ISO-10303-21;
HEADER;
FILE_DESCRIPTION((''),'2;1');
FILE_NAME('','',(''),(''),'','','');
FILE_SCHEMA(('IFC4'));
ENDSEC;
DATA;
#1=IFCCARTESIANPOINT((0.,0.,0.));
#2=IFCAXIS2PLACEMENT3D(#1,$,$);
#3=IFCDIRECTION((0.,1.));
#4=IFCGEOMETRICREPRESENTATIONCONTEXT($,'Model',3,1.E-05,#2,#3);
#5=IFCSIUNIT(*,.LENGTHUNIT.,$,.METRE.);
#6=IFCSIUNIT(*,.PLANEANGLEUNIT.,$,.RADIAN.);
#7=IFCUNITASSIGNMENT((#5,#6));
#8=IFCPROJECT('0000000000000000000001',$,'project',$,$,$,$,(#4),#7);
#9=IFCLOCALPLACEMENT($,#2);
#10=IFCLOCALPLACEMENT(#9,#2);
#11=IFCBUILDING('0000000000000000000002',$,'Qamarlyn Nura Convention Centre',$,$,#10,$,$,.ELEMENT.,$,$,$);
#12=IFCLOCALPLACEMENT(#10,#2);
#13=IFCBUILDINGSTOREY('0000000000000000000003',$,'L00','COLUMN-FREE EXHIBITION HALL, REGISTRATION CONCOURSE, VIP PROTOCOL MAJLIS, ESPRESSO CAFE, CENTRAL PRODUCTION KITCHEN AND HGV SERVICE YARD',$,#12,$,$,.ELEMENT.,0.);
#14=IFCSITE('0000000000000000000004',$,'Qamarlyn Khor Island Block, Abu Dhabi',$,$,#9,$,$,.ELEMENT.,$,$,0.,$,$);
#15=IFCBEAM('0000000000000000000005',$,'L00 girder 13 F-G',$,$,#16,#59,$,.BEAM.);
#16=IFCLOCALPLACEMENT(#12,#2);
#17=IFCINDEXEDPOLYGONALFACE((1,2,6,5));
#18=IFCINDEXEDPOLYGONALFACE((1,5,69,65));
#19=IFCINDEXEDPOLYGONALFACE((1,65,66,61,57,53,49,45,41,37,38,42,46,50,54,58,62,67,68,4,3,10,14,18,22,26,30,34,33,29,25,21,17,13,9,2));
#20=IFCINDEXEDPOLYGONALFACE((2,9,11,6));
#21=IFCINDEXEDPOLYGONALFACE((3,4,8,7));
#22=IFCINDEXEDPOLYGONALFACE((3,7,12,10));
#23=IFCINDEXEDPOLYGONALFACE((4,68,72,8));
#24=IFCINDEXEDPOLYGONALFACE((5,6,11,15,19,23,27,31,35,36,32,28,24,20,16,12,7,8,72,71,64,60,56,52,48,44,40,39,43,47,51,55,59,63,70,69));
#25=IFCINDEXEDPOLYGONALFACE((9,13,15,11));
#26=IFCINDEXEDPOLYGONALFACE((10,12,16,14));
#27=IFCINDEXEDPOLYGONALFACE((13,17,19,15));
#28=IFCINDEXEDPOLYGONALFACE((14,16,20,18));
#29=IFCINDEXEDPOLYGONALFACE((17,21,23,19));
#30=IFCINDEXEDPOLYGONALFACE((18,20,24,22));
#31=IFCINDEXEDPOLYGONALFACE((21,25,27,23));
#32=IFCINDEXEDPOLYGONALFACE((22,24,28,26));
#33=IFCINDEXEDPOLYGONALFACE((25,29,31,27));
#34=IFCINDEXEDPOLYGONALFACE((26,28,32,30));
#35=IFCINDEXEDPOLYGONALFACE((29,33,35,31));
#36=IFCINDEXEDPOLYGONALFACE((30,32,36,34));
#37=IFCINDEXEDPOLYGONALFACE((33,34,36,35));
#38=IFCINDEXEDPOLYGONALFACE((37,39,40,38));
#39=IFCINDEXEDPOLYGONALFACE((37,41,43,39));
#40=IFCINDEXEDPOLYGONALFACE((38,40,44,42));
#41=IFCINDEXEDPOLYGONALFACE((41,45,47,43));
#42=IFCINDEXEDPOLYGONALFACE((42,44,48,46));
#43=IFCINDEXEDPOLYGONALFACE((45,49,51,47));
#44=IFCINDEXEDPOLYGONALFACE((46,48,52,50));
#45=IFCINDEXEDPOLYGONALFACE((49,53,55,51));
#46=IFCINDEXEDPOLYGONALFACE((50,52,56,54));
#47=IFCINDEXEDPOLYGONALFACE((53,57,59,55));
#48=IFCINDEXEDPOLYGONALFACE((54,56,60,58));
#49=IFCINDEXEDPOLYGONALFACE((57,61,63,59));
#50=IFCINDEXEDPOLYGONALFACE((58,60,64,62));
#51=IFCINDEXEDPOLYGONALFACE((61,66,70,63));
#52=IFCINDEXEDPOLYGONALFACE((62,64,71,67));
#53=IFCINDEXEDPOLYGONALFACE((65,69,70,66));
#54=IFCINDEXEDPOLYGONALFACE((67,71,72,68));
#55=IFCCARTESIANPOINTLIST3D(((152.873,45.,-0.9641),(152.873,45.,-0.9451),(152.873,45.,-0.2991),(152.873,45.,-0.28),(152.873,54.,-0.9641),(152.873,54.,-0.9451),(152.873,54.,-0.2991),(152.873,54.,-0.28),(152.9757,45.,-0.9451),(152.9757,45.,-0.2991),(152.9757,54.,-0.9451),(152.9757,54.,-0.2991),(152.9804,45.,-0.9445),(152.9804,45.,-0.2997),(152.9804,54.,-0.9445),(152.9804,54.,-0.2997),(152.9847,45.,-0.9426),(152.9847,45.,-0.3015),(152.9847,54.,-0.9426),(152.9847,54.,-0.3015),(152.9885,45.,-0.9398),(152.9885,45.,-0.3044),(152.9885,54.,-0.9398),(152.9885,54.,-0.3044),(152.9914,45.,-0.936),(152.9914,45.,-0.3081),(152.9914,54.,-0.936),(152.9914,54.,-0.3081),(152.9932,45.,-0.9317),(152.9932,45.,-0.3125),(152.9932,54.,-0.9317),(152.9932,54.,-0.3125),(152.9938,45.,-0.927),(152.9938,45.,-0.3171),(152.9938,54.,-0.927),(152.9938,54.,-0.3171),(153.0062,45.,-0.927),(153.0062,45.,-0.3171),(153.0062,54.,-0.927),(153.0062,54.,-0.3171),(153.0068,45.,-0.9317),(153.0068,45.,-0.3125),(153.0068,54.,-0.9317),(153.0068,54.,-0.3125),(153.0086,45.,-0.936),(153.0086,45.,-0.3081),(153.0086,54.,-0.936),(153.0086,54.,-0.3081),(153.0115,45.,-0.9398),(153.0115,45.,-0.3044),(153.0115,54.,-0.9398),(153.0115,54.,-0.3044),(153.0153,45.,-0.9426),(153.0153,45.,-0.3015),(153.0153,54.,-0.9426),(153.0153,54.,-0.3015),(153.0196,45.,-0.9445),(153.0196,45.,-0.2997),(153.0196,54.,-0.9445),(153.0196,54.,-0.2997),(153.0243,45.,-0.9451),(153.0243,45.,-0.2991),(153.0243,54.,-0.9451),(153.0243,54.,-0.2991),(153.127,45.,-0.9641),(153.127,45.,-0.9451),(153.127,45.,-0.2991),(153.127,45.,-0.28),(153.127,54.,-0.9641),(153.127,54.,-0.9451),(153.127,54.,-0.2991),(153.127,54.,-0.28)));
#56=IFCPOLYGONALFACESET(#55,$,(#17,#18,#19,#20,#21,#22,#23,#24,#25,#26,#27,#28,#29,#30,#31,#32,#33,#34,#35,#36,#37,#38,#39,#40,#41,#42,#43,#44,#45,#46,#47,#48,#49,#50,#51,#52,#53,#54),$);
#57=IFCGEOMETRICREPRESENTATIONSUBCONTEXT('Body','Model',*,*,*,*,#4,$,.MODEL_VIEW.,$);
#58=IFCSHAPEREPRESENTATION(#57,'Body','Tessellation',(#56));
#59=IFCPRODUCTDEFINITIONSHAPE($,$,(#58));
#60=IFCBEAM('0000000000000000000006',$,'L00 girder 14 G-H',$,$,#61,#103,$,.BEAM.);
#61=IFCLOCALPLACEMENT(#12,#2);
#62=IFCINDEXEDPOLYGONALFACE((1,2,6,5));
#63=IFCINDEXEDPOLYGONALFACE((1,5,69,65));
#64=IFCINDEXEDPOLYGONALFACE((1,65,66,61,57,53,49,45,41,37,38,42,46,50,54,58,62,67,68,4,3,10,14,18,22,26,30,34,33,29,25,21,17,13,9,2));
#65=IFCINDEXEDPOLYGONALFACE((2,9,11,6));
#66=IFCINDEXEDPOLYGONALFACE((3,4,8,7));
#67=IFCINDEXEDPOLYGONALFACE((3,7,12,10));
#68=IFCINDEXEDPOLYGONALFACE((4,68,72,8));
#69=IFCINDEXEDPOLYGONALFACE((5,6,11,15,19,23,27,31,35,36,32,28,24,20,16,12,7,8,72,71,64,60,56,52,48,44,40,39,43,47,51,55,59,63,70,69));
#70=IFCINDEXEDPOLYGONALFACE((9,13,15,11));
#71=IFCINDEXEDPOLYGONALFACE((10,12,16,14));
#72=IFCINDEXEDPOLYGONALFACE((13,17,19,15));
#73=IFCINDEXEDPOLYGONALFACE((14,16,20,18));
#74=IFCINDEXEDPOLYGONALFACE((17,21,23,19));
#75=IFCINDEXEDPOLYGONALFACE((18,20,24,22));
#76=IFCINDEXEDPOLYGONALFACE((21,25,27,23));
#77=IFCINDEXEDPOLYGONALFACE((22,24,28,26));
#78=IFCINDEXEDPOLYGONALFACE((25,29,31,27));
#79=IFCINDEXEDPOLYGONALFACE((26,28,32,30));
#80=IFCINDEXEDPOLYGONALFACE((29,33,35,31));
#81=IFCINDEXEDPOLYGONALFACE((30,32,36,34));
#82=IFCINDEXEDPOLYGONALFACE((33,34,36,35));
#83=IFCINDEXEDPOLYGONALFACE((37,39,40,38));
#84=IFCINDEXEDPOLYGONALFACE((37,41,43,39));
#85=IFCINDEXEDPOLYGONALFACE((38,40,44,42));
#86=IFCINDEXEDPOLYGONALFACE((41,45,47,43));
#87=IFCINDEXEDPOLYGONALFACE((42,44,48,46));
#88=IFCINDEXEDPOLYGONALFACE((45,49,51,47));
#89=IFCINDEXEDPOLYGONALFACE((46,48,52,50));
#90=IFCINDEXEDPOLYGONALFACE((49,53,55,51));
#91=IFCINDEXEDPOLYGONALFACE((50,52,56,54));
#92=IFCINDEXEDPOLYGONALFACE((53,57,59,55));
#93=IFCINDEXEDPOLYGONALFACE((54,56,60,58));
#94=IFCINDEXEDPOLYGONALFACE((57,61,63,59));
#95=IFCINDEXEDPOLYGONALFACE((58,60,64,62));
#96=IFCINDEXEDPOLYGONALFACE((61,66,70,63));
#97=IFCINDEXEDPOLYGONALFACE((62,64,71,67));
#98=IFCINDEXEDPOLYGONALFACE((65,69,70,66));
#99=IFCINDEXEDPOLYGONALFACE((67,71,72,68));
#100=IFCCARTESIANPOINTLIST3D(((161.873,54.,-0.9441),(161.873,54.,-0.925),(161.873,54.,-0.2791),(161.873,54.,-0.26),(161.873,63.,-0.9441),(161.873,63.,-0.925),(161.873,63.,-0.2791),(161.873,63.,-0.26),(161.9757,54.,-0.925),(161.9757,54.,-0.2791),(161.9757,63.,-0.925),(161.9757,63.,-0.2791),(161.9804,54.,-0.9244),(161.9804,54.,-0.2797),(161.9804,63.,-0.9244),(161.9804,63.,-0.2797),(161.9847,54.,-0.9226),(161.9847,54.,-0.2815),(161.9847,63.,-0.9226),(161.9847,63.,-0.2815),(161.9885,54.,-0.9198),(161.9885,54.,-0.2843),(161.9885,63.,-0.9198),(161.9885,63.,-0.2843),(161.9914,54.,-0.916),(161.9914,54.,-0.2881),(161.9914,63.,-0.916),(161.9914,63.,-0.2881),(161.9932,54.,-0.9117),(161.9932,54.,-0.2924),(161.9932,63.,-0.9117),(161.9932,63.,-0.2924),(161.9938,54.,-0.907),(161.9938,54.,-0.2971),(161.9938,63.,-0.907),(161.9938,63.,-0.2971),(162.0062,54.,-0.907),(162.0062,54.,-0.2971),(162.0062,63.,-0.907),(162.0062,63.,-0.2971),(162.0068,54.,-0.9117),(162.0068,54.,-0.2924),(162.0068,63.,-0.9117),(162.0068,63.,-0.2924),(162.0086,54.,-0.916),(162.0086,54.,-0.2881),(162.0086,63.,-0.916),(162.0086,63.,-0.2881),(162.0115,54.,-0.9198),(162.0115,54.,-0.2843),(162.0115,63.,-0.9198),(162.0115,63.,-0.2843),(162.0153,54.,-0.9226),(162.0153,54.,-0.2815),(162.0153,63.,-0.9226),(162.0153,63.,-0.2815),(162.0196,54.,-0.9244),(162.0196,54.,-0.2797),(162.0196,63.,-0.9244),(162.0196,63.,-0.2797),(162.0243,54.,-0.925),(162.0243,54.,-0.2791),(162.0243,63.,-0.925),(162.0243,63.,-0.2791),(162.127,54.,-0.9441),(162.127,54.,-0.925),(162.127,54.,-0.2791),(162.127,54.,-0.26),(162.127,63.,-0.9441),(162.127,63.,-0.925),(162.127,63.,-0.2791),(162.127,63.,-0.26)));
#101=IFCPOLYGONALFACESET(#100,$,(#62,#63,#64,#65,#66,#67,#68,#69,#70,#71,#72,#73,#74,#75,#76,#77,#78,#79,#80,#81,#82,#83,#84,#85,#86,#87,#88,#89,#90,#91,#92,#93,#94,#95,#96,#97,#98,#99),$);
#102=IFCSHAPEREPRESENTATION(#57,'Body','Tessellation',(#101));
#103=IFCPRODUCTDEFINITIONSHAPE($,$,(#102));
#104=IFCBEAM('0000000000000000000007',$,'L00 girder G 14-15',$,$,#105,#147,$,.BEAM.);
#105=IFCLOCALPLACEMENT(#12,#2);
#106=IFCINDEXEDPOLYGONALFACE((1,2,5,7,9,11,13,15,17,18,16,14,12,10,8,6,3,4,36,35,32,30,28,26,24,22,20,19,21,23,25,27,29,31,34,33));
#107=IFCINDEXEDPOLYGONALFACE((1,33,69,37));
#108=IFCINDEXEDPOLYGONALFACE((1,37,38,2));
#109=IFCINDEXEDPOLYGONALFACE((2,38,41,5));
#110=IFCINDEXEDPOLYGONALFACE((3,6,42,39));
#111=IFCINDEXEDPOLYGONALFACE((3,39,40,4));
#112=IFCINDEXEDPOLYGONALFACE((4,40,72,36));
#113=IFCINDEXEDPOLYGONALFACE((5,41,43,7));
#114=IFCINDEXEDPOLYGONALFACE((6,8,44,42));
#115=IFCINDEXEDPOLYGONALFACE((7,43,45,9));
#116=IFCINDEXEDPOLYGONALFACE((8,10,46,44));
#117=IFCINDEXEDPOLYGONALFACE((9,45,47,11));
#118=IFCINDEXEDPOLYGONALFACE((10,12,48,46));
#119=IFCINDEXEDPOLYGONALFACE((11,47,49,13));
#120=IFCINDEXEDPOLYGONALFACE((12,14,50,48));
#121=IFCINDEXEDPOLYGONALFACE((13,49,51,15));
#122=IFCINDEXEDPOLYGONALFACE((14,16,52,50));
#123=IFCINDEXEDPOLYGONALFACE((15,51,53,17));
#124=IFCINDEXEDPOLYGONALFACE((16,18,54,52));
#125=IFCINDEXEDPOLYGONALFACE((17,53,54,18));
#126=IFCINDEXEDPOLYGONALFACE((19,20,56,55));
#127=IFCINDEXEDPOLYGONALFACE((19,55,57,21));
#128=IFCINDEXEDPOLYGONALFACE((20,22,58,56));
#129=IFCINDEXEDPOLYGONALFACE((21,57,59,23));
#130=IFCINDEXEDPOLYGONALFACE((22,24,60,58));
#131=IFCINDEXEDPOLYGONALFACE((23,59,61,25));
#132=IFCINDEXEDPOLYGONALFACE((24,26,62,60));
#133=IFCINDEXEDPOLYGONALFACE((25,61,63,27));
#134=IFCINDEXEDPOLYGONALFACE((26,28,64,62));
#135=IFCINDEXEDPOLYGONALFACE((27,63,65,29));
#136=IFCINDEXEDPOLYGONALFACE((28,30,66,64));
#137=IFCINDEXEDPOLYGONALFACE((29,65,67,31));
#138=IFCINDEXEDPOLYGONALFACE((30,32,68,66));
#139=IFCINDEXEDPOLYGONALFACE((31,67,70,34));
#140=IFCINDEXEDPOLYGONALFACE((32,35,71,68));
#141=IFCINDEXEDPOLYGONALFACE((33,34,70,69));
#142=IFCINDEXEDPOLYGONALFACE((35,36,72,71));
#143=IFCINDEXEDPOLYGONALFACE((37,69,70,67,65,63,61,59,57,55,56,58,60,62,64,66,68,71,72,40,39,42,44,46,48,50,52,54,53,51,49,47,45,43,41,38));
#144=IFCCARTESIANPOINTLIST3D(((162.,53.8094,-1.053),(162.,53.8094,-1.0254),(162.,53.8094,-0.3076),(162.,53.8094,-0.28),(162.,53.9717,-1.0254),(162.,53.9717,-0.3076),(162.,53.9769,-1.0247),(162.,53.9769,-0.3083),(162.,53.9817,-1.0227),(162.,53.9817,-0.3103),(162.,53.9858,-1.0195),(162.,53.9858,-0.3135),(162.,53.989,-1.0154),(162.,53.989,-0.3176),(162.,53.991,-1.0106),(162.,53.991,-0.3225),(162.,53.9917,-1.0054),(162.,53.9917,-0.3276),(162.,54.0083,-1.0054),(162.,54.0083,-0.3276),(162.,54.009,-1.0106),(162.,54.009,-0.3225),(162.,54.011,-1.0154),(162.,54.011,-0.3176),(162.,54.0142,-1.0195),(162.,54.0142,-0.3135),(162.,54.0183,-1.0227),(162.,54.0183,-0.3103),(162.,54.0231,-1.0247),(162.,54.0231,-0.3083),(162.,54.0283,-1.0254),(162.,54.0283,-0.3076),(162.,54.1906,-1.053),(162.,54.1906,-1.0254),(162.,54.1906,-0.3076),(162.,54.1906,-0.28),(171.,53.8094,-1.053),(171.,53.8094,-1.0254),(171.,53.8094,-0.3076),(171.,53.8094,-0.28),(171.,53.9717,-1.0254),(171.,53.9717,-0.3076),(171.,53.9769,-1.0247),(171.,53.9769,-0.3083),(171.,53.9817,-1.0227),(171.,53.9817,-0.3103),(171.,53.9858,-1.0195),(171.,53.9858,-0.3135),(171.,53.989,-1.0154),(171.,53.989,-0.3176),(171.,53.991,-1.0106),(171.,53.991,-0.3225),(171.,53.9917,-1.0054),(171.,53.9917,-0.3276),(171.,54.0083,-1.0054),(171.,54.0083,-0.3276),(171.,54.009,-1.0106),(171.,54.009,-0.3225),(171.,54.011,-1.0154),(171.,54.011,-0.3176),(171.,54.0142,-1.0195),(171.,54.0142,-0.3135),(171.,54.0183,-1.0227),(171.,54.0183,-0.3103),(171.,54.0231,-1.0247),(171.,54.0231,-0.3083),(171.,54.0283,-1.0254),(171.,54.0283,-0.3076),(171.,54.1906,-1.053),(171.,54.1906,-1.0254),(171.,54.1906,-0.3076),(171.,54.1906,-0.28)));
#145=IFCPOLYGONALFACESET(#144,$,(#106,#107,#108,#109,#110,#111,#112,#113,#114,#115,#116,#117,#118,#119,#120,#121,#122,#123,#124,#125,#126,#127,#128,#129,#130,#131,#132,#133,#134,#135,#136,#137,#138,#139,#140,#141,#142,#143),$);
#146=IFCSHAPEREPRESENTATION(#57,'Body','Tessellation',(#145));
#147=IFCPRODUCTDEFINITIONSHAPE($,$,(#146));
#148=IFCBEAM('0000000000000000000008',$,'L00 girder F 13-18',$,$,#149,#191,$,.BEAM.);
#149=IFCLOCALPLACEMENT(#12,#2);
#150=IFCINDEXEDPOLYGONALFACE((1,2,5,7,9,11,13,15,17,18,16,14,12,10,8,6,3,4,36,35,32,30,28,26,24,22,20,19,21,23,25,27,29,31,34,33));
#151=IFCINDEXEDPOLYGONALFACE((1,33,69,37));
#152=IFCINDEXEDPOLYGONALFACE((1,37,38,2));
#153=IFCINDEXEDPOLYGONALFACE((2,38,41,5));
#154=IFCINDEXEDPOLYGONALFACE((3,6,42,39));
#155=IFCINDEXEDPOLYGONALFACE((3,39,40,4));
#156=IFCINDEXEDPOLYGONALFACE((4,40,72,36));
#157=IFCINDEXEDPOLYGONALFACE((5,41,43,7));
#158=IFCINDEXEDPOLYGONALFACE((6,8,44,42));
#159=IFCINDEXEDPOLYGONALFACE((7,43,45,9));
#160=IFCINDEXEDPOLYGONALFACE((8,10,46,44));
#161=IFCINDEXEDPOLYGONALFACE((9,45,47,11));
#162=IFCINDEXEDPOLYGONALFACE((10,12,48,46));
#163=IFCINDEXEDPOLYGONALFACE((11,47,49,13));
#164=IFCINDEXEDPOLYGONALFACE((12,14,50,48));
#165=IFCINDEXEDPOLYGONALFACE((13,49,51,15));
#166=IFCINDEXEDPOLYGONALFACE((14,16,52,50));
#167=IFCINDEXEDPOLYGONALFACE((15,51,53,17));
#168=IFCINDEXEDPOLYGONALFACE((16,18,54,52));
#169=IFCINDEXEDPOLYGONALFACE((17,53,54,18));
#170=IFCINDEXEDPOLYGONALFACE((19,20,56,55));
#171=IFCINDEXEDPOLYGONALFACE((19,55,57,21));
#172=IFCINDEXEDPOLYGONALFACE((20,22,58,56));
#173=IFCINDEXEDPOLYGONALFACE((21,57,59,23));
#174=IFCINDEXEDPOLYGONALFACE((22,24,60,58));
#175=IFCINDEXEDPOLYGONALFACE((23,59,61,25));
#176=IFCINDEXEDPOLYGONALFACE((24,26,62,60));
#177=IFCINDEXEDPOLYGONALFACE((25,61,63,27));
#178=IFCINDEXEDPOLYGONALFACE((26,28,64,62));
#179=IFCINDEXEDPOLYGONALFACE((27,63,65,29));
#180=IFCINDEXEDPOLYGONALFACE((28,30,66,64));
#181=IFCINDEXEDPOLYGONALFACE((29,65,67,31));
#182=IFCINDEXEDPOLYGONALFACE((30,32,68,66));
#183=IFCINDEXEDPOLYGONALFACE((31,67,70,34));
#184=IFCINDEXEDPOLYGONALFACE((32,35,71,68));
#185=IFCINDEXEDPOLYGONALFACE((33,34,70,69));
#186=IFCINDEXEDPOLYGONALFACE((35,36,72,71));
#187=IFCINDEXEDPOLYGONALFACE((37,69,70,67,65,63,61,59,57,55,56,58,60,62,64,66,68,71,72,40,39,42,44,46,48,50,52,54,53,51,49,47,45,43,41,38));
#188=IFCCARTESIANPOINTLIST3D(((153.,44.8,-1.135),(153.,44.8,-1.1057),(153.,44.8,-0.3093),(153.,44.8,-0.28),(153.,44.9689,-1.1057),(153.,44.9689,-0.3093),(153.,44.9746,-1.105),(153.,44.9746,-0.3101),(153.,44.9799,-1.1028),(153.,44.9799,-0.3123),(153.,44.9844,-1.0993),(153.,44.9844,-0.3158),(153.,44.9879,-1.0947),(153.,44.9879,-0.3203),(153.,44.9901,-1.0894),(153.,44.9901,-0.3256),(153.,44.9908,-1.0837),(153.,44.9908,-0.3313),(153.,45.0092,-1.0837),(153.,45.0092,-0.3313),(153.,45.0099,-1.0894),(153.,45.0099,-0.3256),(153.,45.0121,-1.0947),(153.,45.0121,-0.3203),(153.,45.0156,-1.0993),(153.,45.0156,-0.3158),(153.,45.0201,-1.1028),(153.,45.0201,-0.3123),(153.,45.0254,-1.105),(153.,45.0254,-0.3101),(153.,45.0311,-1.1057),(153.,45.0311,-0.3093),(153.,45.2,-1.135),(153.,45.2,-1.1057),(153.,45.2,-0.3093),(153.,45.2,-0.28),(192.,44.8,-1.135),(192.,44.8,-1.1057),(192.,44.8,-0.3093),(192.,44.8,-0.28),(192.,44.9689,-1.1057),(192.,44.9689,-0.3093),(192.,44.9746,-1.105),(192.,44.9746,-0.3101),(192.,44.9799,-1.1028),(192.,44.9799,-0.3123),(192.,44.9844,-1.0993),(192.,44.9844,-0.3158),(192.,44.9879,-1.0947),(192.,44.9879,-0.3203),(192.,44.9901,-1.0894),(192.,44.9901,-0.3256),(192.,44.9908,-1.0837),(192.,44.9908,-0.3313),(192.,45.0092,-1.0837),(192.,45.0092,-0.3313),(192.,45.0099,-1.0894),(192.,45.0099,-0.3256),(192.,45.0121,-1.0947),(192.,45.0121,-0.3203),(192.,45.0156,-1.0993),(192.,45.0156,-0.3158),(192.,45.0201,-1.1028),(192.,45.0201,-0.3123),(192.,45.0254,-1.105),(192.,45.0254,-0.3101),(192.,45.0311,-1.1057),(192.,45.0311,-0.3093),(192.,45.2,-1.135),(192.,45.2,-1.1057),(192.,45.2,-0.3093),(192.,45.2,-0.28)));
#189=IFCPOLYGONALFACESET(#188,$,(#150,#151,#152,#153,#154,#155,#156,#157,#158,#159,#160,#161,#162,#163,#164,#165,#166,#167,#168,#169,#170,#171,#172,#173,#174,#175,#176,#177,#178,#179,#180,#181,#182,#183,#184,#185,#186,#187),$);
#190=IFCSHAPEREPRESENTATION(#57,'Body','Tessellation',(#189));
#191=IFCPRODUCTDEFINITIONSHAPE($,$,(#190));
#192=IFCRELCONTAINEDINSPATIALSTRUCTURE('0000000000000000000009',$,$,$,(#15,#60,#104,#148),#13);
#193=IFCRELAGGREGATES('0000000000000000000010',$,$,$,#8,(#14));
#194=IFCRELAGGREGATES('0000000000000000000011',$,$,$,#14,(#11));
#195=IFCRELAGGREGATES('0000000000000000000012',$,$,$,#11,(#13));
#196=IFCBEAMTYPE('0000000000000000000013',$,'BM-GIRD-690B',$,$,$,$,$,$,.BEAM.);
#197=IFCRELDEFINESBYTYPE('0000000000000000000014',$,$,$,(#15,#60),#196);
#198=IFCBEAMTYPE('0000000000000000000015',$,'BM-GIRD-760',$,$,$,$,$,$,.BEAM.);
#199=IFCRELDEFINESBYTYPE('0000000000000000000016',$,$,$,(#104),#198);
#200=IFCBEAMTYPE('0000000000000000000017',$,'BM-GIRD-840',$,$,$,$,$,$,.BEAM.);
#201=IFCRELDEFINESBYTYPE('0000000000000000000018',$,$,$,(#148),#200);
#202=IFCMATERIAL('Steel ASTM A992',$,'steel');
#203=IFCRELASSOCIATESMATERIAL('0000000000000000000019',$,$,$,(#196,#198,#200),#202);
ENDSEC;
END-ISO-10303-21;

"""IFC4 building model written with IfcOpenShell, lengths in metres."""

from ifc_helpers import new_model, si_unit, direction, frame, origin, origin_2d, place, context, subcontext, project, spatial, i_section, extrude, material, material_profile, profile_set, type_object, element, save


model = new_model("IFC4")

# Units and contexts
model_context = context("Model", 3, precision=1e-05, world=origin(), true_north=direction((0.0, 1.0)))
body_context = subcontext(model_context, "Body", "Model", "MODEL_VIEW")
ifc_project = project(units=[si_unit("LENGTHUNIT", "METRE"), si_unit("PLANEANGLEUNIT", "RADIAN")], contexts=[model_context])

# Site, building, storey
site_placement = place(None, origin())
site = spatial("IfcSite", under=ifc_project, at=site_placement, Name="Qamarlyn Khor Island Block, Abu Dhabi", CompositionType="ELEMENT", RefElevation=0.0)
building_placement = place(site_placement, origin())
building = spatial("IfcBuilding", under=site, at=building_placement, Name="Qamarlyn Nura Convention Centre", CompositionType="ELEMENT")
storey_placement = place(building_placement, origin())
storey = spatial("IfcBuildingStorey", under=building, at=storey_placement, Name="L00", Description="COLUMN-FREE EXHIBITION HALL, REGISTRATION CONCOURSE, VIP PROTOCOL MAJLIS, ESPRESSO CAFE, CENTRAL PRODUCTION KITCHEN AND HGV SERVICE YARD", CompositionType="ELEMENT", Elevation=0.0)

# Shared definitions
ifc_material_1 = material(Name="Steel ASTM A992", Category="steel")

# Beams
ifc_material_profile_1 = material_profile(ifc_material_1, i_section(OverallWidth=0.2539, OverallDepth=0.6841, WebThickness=0.0125, FlangeThickness=0.019, FilletRadius=0.0181, at=origin_2d()), Name="W690X140")
ifc_profile_set_1 = profile_set([ifc_material_profile_1], Name="Steel ASTM A992")
beam_type_1 = type_object("IfcBeamType", Name="BM-GIRD-690B", PredefinedType="BEAM", material=ifc_profile_set_1)
for number, where, z_axis, x_axis, name in (
    (1, (153.0, 45.0, -0.6221), (0.0, 1.0, 0.0), (-1.0, 0.0, 0.0), "L00 girder 13 F-G"),
    (2, (162.0, 54.0, -0.6021), (0.0, 1.0, 0.0), (-1.0, 0.0, 0.0), "L00 girder 14 G-H"),
):
    element("IfcBeam", number, at=place(storey_placement, frame(where, z_axis=z_axis, x_axis=x_axis)), inside=storey, type_object=beam_type_1, Name=name, PredefinedType="BEAM", context=body_context, shape_type="SweptSolid", body=[
        extrude(i_section(OverallWidth=0.2539, OverallDepth=0.6841, WebThickness=0.0125, FlangeThickness=0.019, FilletRadius=0.0181, at=origin_2d()), origin(), (0.0, 0.0, 1.0), 9.0),
    ])
ifc_material_profile_2 = material_profile(ifc_material_1, i_section(OverallWidth=0.3811, OverallDepth=0.7729, WebThickness=0.0166, FlangeThickness=0.0276, FilletRadius=0.02, at=origin_2d()), Name="W760X257")
ifc_profile_set_2 = profile_set([ifc_material_profile_2], Name="Steel ASTM A992")
beam_type_2 = type_object("IfcBeamType", Name="BM-GIRD-760", PredefinedType="BEAM", material=ifc_profile_set_2)
beam_1_placement = place(storey_placement, frame((162.0, 54.0, -0.6665), z_axis=(1.0, 0.0, 0.0), x_axis=(0.0, 1.0, 0.0)))
element("IfcBeam", 3, at=beam_1_placement, inside=storey, type_object=beam_type_2, Name="L00 girder G 14-15", PredefinedType="BEAM", context=body_context, shape_type="SweptSolid", body=[
    extrude(i_section(OverallWidth=0.3811, OverallDepth=0.7729, WebThickness=0.0166, FlangeThickness=0.0276, FilletRadius=0.02, at=origin_2d()), origin(), (0.0, 0.0, 1.0), 9.0),
])
ifc_material_profile_3 = material_profile(ifc_material_1, i_section(OverallWidth=0.3999, OverallDepth=0.855, WebThickness=0.0183, FlangeThickness=0.0293, FilletRadius=0.022, at=origin_2d()), Name="W840X299")
ifc_profile_set_3 = profile_set([ifc_material_profile_3], Name="Steel ASTM A992")
beam_type_3 = type_object("IfcBeamType", Name="BM-GIRD-840", PredefinedType="BEAM", material=ifc_profile_set_3)
beam_2_placement = place(storey_placement, frame((153.0, 45.0, -0.7075), z_axis=(1.0, 0.0, 0.0), x_axis=(0.0, 1.0, 0.0)))
element("IfcBeam", 4, at=beam_2_placement, inside=storey, type_object=beam_type_3, Name="L00 girder F 13-18", PredefinedType="BEAM", context=body_context, shape_type="SweptSolid", body=[
    extrude(i_section(OverallWidth=0.3999, OverallDepth=0.855, WebThickness=0.0183, FlangeThickness=0.0293, FilletRadius=0.022, at=origin_2d()), origin(), (0.0, 0.0, 1.0), 39.0),
])

save(model, "model.ifc")
